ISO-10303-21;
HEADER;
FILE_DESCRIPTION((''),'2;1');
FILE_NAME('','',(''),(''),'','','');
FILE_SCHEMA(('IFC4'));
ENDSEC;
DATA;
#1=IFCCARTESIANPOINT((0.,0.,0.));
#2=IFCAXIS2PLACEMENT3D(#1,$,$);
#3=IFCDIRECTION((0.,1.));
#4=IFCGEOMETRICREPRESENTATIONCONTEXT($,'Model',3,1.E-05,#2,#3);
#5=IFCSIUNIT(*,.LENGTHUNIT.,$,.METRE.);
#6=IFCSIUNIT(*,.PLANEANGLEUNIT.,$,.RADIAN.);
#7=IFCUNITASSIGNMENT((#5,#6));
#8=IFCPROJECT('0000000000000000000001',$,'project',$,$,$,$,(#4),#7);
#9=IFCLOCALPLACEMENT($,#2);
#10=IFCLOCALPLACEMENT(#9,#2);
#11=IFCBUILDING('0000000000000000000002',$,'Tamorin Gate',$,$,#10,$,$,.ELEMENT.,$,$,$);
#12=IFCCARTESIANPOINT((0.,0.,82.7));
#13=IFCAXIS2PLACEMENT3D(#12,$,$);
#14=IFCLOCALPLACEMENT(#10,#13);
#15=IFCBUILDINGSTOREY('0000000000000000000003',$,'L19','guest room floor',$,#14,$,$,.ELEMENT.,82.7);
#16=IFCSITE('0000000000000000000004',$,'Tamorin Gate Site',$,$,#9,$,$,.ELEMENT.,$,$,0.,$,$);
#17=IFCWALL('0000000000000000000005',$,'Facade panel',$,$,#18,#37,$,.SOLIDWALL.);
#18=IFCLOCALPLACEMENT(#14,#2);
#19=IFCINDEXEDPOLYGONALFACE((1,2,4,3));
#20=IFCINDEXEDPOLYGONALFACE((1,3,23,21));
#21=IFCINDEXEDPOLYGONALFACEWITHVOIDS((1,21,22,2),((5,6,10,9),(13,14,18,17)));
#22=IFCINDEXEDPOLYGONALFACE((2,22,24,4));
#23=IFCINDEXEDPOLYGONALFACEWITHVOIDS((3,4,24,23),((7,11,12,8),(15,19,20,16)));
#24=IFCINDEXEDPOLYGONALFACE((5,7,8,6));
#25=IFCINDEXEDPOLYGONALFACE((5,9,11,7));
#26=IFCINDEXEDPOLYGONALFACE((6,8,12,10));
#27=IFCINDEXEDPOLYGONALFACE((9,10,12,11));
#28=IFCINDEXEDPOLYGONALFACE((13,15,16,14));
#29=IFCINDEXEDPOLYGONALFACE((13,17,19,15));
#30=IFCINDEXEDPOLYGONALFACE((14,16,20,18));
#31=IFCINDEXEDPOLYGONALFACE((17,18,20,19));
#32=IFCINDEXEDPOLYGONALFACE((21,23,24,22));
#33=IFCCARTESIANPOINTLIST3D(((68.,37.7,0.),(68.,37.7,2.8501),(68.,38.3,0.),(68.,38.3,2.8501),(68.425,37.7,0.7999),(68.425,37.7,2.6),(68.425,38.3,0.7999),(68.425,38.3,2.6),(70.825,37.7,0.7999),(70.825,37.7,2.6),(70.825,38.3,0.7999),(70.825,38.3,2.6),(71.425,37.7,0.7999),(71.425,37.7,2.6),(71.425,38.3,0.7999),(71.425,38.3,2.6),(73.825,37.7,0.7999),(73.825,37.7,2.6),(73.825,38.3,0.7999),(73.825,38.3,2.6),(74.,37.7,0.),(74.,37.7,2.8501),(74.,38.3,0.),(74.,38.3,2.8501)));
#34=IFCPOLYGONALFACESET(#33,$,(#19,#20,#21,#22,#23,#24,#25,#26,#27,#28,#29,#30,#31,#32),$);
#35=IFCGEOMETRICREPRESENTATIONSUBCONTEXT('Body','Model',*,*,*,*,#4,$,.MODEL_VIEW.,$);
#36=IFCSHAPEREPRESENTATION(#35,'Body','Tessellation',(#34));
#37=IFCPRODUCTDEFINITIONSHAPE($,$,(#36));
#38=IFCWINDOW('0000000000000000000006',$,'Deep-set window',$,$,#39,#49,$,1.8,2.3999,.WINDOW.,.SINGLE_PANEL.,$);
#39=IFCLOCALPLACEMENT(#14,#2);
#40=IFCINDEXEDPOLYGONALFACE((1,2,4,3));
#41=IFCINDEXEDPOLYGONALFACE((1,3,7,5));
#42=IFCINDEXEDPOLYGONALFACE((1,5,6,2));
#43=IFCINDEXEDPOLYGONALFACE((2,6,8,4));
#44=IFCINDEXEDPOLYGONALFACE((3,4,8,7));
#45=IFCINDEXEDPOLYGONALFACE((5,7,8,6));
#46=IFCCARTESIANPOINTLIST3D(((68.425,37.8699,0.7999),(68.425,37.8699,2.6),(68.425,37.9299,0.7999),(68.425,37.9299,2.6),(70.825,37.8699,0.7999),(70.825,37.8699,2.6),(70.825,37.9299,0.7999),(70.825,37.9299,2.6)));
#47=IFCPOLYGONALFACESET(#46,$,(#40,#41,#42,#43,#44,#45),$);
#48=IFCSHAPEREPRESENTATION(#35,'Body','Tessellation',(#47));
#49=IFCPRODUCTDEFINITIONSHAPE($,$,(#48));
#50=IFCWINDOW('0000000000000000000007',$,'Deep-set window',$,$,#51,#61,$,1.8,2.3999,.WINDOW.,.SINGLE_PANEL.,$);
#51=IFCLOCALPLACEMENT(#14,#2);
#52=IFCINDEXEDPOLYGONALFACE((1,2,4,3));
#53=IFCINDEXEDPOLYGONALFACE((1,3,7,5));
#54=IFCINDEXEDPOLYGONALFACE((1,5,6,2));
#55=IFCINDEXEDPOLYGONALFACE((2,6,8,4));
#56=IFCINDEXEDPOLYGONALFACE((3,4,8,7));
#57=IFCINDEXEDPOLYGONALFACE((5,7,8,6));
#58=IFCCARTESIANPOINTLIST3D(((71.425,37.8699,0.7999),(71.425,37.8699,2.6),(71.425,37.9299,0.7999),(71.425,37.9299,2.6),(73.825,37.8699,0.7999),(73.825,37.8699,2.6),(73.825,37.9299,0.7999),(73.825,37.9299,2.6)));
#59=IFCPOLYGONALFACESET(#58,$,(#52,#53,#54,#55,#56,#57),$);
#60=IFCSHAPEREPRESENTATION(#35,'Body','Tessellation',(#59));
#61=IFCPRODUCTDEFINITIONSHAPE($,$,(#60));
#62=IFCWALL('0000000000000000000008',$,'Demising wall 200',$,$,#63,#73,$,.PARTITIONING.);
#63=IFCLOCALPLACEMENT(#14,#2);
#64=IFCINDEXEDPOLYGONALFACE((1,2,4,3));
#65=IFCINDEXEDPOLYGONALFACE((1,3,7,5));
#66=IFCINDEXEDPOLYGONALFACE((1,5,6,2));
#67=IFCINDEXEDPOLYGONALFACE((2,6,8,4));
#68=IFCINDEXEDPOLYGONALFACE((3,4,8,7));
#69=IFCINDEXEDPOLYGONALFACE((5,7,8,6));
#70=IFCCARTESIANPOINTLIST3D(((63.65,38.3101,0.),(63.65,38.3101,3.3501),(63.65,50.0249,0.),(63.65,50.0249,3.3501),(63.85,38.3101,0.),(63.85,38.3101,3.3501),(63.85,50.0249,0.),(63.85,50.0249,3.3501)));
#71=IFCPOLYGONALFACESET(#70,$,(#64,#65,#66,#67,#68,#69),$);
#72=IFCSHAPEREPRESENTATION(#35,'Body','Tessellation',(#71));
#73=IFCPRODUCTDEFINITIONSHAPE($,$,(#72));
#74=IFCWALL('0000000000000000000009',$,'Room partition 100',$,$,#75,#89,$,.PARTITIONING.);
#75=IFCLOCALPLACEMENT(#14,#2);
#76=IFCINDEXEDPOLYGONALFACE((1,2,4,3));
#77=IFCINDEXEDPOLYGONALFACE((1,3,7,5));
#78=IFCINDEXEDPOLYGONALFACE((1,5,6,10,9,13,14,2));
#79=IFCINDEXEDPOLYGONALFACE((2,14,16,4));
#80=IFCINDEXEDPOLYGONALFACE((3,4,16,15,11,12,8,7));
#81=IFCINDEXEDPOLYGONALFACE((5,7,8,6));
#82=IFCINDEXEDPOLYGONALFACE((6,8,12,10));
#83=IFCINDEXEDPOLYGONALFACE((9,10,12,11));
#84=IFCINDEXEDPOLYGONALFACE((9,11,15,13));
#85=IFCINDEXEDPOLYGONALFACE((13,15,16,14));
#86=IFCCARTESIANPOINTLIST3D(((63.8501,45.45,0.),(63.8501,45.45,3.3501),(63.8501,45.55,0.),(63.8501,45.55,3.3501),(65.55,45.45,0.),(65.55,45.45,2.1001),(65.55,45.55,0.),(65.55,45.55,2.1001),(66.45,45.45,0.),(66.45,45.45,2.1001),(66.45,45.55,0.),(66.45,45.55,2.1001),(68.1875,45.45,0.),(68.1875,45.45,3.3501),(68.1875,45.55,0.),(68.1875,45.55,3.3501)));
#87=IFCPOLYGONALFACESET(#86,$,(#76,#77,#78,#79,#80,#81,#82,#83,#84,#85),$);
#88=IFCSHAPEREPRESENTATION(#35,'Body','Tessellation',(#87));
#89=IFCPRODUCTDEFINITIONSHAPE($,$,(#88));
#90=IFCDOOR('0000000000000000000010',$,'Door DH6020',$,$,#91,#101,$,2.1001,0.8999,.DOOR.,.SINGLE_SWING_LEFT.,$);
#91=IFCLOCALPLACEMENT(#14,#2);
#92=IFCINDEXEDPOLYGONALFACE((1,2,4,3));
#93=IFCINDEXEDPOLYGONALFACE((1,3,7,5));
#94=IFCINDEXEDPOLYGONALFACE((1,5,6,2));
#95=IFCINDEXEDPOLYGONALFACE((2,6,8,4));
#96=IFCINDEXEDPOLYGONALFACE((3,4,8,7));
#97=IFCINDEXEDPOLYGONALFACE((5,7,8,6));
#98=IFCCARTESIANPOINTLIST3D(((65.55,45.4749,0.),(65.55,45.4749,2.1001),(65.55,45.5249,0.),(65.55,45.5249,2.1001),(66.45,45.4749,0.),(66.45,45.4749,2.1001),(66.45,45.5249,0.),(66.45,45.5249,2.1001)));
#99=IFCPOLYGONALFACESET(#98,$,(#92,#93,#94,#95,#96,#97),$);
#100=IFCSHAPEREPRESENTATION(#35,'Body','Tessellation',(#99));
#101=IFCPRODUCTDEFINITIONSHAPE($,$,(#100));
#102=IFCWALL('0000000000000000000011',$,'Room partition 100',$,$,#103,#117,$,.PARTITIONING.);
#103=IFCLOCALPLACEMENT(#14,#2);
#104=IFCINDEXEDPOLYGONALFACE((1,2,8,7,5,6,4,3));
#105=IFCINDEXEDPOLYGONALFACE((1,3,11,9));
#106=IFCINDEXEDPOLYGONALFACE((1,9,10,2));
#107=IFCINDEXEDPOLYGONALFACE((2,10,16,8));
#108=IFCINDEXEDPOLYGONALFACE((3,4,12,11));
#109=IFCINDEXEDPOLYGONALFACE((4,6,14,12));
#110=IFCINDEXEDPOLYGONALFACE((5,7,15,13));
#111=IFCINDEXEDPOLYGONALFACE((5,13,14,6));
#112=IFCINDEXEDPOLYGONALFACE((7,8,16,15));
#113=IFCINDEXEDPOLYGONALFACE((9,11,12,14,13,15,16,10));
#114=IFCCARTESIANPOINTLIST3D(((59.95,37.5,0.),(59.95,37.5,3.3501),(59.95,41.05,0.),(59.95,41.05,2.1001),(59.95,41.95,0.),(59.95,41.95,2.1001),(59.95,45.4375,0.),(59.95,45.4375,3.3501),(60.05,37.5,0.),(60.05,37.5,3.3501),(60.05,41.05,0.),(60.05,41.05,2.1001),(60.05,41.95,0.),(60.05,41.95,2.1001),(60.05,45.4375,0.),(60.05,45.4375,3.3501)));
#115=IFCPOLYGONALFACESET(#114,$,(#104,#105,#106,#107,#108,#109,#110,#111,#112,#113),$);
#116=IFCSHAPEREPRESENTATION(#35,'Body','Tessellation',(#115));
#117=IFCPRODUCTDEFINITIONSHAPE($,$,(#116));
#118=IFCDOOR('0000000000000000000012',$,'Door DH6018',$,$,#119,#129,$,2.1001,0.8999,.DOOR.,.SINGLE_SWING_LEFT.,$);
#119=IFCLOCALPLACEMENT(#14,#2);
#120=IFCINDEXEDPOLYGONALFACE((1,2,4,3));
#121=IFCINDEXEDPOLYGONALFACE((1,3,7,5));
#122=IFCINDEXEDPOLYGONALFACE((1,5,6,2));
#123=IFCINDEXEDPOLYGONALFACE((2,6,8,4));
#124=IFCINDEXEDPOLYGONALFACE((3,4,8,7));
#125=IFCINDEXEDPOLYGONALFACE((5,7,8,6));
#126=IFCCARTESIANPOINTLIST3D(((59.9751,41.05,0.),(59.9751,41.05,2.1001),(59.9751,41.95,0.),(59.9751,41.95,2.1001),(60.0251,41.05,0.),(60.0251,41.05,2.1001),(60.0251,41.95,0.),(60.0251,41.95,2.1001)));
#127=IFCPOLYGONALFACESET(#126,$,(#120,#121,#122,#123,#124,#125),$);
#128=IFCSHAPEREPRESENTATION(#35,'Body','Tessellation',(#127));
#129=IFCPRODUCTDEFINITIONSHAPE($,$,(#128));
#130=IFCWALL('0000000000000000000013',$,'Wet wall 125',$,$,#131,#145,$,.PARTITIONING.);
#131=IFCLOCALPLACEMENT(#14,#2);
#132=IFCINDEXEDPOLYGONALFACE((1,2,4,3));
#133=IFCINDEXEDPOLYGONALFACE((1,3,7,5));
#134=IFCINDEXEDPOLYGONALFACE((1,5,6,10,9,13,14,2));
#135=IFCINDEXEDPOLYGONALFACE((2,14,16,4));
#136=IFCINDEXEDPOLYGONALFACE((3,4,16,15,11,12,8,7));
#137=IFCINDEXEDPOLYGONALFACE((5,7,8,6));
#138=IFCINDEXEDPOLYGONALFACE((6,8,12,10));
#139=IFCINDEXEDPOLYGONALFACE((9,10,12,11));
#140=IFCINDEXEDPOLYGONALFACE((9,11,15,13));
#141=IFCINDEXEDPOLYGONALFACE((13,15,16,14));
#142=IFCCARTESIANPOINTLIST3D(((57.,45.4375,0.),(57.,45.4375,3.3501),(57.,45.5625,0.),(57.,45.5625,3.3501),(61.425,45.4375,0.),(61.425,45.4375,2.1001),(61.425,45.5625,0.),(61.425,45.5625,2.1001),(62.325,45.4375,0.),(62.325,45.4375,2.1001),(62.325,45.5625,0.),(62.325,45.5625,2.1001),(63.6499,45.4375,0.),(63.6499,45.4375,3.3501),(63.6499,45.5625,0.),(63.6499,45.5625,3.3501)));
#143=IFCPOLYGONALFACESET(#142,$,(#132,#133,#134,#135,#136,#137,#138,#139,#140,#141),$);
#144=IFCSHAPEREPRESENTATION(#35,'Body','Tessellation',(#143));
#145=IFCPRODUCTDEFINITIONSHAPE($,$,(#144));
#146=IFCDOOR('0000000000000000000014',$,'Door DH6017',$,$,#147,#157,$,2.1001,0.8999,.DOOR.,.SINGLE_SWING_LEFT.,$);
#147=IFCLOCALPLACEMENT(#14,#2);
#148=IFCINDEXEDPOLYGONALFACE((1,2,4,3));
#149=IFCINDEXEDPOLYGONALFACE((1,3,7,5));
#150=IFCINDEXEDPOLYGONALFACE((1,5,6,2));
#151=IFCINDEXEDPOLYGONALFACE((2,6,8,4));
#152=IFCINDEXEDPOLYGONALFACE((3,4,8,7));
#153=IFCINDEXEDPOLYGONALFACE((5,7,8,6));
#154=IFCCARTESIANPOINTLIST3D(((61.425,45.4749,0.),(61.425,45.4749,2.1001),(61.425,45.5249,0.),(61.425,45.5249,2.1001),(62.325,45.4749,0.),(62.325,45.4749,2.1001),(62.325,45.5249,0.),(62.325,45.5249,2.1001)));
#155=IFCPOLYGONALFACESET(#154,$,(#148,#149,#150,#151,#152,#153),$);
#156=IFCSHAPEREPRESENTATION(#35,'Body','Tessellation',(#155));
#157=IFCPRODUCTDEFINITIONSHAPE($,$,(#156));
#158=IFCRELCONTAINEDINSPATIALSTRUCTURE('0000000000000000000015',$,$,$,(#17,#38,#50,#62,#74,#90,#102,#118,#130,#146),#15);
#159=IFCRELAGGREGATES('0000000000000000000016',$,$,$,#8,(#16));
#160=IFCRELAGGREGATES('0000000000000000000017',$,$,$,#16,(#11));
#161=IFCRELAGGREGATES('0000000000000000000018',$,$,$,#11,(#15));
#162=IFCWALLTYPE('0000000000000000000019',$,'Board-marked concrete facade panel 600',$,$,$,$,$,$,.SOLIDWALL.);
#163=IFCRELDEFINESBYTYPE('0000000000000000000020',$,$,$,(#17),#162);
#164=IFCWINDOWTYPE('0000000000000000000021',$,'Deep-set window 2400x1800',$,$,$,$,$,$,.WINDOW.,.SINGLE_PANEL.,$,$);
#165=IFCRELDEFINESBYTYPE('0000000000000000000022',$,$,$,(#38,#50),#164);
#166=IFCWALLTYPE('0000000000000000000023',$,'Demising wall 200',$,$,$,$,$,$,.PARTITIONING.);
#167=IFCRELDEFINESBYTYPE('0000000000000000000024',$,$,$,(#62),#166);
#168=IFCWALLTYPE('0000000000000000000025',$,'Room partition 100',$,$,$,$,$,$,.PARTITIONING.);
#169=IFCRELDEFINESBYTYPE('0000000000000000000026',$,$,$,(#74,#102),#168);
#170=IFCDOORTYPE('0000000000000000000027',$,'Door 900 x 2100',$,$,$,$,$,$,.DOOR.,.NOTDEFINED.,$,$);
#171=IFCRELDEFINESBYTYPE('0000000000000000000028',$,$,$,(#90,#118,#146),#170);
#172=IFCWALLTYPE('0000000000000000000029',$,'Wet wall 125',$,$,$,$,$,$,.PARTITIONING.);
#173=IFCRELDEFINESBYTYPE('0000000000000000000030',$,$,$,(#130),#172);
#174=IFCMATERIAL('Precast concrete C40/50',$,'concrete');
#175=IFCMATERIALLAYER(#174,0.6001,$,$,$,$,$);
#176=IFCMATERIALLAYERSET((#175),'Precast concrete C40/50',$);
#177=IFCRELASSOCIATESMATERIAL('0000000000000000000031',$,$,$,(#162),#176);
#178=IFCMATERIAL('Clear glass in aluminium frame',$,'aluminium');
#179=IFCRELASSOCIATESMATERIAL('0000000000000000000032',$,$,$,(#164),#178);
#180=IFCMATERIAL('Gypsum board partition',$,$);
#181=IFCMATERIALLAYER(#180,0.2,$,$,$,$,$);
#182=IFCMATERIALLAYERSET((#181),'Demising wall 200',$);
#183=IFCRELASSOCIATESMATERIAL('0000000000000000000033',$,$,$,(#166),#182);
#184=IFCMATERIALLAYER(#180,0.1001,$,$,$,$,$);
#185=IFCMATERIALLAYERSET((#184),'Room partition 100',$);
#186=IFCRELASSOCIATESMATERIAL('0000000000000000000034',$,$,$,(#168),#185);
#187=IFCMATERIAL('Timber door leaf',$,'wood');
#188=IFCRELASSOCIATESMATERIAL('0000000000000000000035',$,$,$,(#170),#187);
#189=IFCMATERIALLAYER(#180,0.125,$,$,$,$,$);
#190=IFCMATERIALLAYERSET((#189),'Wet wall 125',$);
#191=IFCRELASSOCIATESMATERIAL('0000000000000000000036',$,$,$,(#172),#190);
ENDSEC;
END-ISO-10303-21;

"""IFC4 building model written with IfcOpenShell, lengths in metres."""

from ifc_helpers import new_model, si_unit, direction, frame, frame_2d, origin, place, context, subcontext, project, spatial, rectangle, extrude, material, layer, layer_set, type_object, element, fill, save


model = new_model("IFC4")

# Units and contexts
model_context = context("Model", 3, precision=1e-05, world=origin(), true_north=direction((0.0, 1.0)))
body_context = subcontext(model_context, "Body", "Model", "MODEL_VIEW")
ifc_project = project(units=[si_unit("LENGTHUNIT", "METRE"), si_unit("PLANEANGLEUNIT", "RADIAN")], contexts=[model_context])

# Site, building, storey
site_placement = place(None, origin())
site = spatial("IfcSite", under=ifc_project, at=site_placement, Name="Tamorin Gate Site", CompositionType="ELEMENT", RefElevation=0.0)
building_placement = place(site_placement, origin())
building = spatial("IfcBuilding", under=site, at=building_placement, Name="Tamorin Gate", CompositionType="ELEMENT")
storey_placement = place(building_placement, frame((0.0, 0.0, 82.7)))
storey = spatial("IfcBuildingStorey", under=building, at=storey_placement, Name="L19", Description="guest room floor", CompositionType="ELEMENT", Elevation=82.7)

# Wall, openings, windows
ifc_material_1 = material(Name="Precast concrete C40/50", Category="concrete")
ifc_layer_1 = layer(ifc_material_1, 0.6001)
ifc_layer_set_1 = layer_set([ifc_layer_1], Name="Precast concrete C40/50")
wall_type_1 = type_object("IfcWallType", Name="Board-marked concrete facade panel 600", PredefinedType="SOLIDWALL", material=ifc_layer_set_1)
ifc_material_2 = material(Name="Clear glass in aluminium frame", Category="aluminium")
window_type = type_object("IfcWindowType", Name="Deep-set window 2400x1800", PartitioningType="SINGLE_PANEL", PredefinedType="WINDOW", material=ifc_material_2)
wall_1_placement = place(storey_placement, frame((68.0, 38.0, 0.0), z_axis=(0.0, 0.0, 1.0), x_axis=(1.0, 0.0, 0.0)))
wall_1 = element("IfcWall", 1, at=wall_1_placement, inside=storey, type_object=wall_type_1, Name="Facade panel", PredefinedType="SOLIDWALL", context=body_context, shape_type="SweptSolid", body=[
    extrude(rectangle(XDim=6.0, YDim=0.6001, at=frame_2d((3.0, 0.0))), origin(), (0.0, 0.0, 1.0), 2.8501),
])
opening_1_placement = place(wall_1_placement, frame((0.425, 0.0, 0.8)))
opening_1 = element("IfcOpeningElement", 2, at=opening_1_placement, cuts=wall_1, PredefinedType="OPENING", context=body_context, shape_type="SweptSolid", body=[
    extrude(rectangle(XDim=2.3999, YDim=1.8, at=frame_2d((1.2, 0.8999))), frame((0.0, 0.3101, 0.0), z_axis=(0.0, -1.0, 0.0), x_axis=(1.0, 0.0, 0.0)), (0.0, 0.0, 1.0), 0.6201),
])
opening_2_placement = place(wall_1_placement, frame((3.425, 0.0, 0.8)))
opening_2 = element("IfcOpeningElement", 3, at=opening_2_placement, cuts=wall_1, PredefinedType="OPENING", context=body_context, shape_type="SweptSolid", body=[
    extrude(rectangle(XDim=2.3999, YDim=1.8, at=frame_2d((1.2, 0.8999))), frame((0.0, 0.3101, 0.0), z_axis=(0.0, -1.0, 0.0), x_axis=(1.0, 0.0, 0.0)), (0.0, 0.0, 1.0), 0.6201),
])
window_1_placement = place(opening_1_placement, origin())
window_1 = element("IfcWindow", 4, at=window_1_placement, inside=storey, type_object=window_type, Name="Deep-set window", OverallHeight=1.8, OverallWidth=2.3999, PartitioningType="SINGLE_PANEL", PredefinedType="WINDOW", context=body_context, shape_type="SweptSolid", body=[
    extrude(rectangle(XDim=2.3999, YDim=1.8, at=frame_2d((1.2, 0.8999))), frame((0.0, -0.0701, 0.0), z_axis=(0.0, -1.0, 0.0), x_axis=(1.0, 0.0, 0.0)), (0.0, 0.0, 1.0), 0.0601),
])
fill(opening_1, window_1)
window_2_placement = place(opening_2_placement, origin())
window_2 = element("IfcWindow", 5, at=window_2_placement, inside=storey, type_object=window_type, Name="Deep-set window", OverallHeight=1.8, OverallWidth=2.3999, PartitioningType="SINGLE_PANEL", PredefinedType="WINDOW", context=body_context, shape_type="SweptSolid", body=[
    extrude(rectangle(XDim=2.3999, YDim=1.8, at=frame_2d((1.2, 0.8999))), frame((0.0, -0.0701, 0.0), z_axis=(0.0, -1.0, 0.0), x_axis=(1.0, 0.0, 0.0)), (0.0, 0.0, 1.0), 0.0601),
])
fill(opening_2, window_2)

# Wall
ifc_material_3 = material(Name="Gypsum board partition")
ifc_layer_2 = layer(ifc_material_3, 0.2)
ifc_layer_set_2 = layer_set([ifc_layer_2], Name="Demising wall 200")
wall_type_2 = type_object("IfcWallType", Name="Demising wall 200", PredefinedType="PARTITIONING", material=ifc_layer_set_2)
wall_2_placement = place(storey_placement, frame((63.75, 38.3101, 0.0), z_axis=(0.0, 0.0, 1.0), x_axis=(0.0, 1.0, 0.0)))
element("IfcWall", 6, at=wall_2_placement, inside=storey, type_object=wall_type_2, Name="Demising wall 200", PredefinedType="PARTITIONING", context=body_context, shape_type="SweptSolid", body=[
    extrude(rectangle(XDim=11.7148, YDim=0.2, at=frame_2d((5.8574, 0.0))), origin(), (0.0, 0.0, 1.0), 3.3501),
])

# Walls, openings, doors
ifc_layer_3 = layer(ifc_material_3, 0.1001)
ifc_layer_set_3 = layer_set([ifc_layer_3], Name="Room partition 100")
wall_type_3 = type_object("IfcWallType", Name="Room partition 100", PredefinedType="PARTITIONING", material=ifc_layer_set_3)
wall_3_placement = place(storey_placement, frame((63.8501, 45.5, 0.0), z_axis=(0.0, 0.0, 1.0), x_axis=(1.0, 0.0, 0.0)))
wall_3 = element("IfcWall", 7, at=wall_3_placement, inside=storey, type_object=wall_type_3, Name="Room partition 100", PredefinedType="PARTITIONING", context=body_context, shape_type="SweptSolid", body=[
    extrude(rectangle(XDim=4.3374, YDim=0.1001, at=frame_2d((2.1687, 0.0))), origin(), (0.0, 0.0, 1.0), 3.3501),
])
opening_3_placement = place(wall_3_placement, frame((1.7, 0.0, 0.0)))
opening_3 = element("IfcOpeningElement", 8, at=opening_3_placement, cuts=wall_3, PredefinedType="OPENING", context=body_context, shape_type="SweptSolid", body=[
    extrude(rectangle(XDim=0.8999, YDim=2.1001, at=frame_2d((0.45, 1.05))), frame((0.0, 0.0601, 0.0), z_axis=(0.0, -1.0, 0.0), x_axis=(1.0, 0.0, 0.0)), (0.0, 0.0, 1.0), 0.1201),
])
ifc_material_4 = material(Name="Timber door leaf", Category="wood")
door_type = type_object("IfcDoorType", Name="Door 900 x 2100", OperationType="NOTDEFINED", PredefinedType="DOOR", material=ifc_material_4)
door_1_placement = place(opening_3_placement, origin())
door_1 = element("IfcDoor", 9, at=door_1_placement, inside=storey, type_object=door_type, Name="Door DH6020", OperationType="SINGLE_SWING_LEFT", OverallHeight=2.1001, OverallWidth=0.8999, PredefinedType="DOOR", context=body_context, shape_type="SweptSolid", body=[
    extrude(rectangle(XDim=0.8999, YDim=2.1001, at=frame_2d((0.45, 1.05))), frame((0.0, 0.0249, 0.0), z_axis=(0.0, -1.0, 0.0), x_axis=(1.0, 0.0, 0.0)), (0.0, 0.0, 1.0), 0.05),
])
fill(opening_3, door_1)
wall_4_placement = place(storey_placement, frame((60.0, 37.5, 0.0), z_axis=(0.0, 0.0, 1.0), x_axis=(0.0, 1.0, 0.0)))
wall_4 = element("IfcWall", 10, at=wall_4_placement, inside=storey, type_object=wall_type_3, Name="Room partition 100", PredefinedType="PARTITIONING", context=body_context, shape_type="SweptSolid", body=[
    extrude(rectangle(XDim=7.9375, YDim=0.1001, at=frame_2d((3.9688, 0.0))), origin(), (0.0, 0.0, 1.0), 3.3501),
])
opening_4_placement = place(wall_4_placement, frame((3.55, 0.0, 0.0)))
opening_4 = element("IfcOpeningElement", 11, at=opening_4_placement, cuts=wall_4, PredefinedType="OPENING", context=body_context, shape_type="SweptSolid", body=[
    extrude(rectangle(XDim=0.8999, YDim=2.1001, at=frame_2d((0.45, 1.05))), frame((0.0, 0.0601, 0.0), z_axis=(0.0, -1.0, 0.0), x_axis=(1.0, 0.0, 0.0)), (0.0, 0.0, 1.0), 0.1201),
])
door_2_placement = place(opening_4_placement, origin())
door_2 = element("IfcDoor", 12, at=door_2_placement, inside=storey, type_object=door_type, Name="Door DH6018", OperationType="SINGLE_SWING_LEFT", OverallHeight=2.1001, OverallWidth=0.8999, PredefinedType="DOOR", context=body_context, shape_type="SweptSolid", body=[
    extrude(rectangle(XDim=0.8999, YDim=2.1001, at=frame_2d((0.45, 1.05))), frame((0.0, 0.0249, 0.0), z_axis=(0.0, -1.0, 0.0), x_axis=(1.0, 0.0, 0.0)), (0.0, 0.0, 1.0), 0.05),
])
fill(opening_4, door_2)
ifc_layer_4 = layer(ifc_material_3, 0.125)
ifc_layer_set_4 = layer_set([ifc_layer_4], Name="Wet wall 125")
wall_type_4 = type_object("IfcWallType", Name="Wet wall 125", PredefinedType="PARTITIONING", material=ifc_layer_set_4)
wall_5_placement = place(storey_placement, frame((57.0, 45.5, 0.0), z_axis=(0.0, 0.0, 1.0), x_axis=(1.0, 0.0, 0.0)))
wall_5 = element("IfcWall", 13, at=wall_5_placement, inside=storey, type_object=wall_type_4, Name="Wet wall 125", PredefinedType="PARTITIONING", context=body_context, shape_type="SweptSolid", body=[
    extrude(rectangle(XDim=6.6499, YDim=0.125, at=frame_2d((3.325, 0.0))), origin(), (0.0, 0.0, 1.0), 3.3501),
])
opening_5_placement = place(wall_5_placement, frame((4.425, 0.0, 0.0)))
opening_5 = element("IfcOpeningElement", 14, at=opening_5_placement, cuts=wall_5, PredefinedType="OPENING", context=body_context, shape_type="SweptSolid", body=[
    extrude(rectangle(XDim=0.8999, YDim=2.1001, at=frame_2d((0.45, 1.05))), frame((0.0, 0.0725, 0.0), z_axis=(0.0, -1.0, 0.0), x_axis=(1.0, 0.0, 0.0)), (0.0, 0.0, 1.0), 0.145),
])
door_3_placement = place(opening_5_placement, origin())
door_3 = element("IfcDoor", 15, at=door_3_placement, inside=storey, type_object=door_type, Name="Door DH6017", OperationType="SINGLE_SWING_LEFT", OverallHeight=2.1001, OverallWidth=0.8999, PredefinedType="DOOR", context=body_context, shape_type="SweptSolid", body=[
    extrude(rectangle(XDim=0.8999, YDim=2.1001, at=frame_2d((0.45, 1.05))), frame((0.0, 0.0249, 0.0), z_axis=(0.0, -1.0, 0.0), x_axis=(1.0, 0.0, 0.0)), (0.0, 0.0, 1.0), 0.05),
])
fill(opening_5, door_3)

save(model, "model.ifc")
